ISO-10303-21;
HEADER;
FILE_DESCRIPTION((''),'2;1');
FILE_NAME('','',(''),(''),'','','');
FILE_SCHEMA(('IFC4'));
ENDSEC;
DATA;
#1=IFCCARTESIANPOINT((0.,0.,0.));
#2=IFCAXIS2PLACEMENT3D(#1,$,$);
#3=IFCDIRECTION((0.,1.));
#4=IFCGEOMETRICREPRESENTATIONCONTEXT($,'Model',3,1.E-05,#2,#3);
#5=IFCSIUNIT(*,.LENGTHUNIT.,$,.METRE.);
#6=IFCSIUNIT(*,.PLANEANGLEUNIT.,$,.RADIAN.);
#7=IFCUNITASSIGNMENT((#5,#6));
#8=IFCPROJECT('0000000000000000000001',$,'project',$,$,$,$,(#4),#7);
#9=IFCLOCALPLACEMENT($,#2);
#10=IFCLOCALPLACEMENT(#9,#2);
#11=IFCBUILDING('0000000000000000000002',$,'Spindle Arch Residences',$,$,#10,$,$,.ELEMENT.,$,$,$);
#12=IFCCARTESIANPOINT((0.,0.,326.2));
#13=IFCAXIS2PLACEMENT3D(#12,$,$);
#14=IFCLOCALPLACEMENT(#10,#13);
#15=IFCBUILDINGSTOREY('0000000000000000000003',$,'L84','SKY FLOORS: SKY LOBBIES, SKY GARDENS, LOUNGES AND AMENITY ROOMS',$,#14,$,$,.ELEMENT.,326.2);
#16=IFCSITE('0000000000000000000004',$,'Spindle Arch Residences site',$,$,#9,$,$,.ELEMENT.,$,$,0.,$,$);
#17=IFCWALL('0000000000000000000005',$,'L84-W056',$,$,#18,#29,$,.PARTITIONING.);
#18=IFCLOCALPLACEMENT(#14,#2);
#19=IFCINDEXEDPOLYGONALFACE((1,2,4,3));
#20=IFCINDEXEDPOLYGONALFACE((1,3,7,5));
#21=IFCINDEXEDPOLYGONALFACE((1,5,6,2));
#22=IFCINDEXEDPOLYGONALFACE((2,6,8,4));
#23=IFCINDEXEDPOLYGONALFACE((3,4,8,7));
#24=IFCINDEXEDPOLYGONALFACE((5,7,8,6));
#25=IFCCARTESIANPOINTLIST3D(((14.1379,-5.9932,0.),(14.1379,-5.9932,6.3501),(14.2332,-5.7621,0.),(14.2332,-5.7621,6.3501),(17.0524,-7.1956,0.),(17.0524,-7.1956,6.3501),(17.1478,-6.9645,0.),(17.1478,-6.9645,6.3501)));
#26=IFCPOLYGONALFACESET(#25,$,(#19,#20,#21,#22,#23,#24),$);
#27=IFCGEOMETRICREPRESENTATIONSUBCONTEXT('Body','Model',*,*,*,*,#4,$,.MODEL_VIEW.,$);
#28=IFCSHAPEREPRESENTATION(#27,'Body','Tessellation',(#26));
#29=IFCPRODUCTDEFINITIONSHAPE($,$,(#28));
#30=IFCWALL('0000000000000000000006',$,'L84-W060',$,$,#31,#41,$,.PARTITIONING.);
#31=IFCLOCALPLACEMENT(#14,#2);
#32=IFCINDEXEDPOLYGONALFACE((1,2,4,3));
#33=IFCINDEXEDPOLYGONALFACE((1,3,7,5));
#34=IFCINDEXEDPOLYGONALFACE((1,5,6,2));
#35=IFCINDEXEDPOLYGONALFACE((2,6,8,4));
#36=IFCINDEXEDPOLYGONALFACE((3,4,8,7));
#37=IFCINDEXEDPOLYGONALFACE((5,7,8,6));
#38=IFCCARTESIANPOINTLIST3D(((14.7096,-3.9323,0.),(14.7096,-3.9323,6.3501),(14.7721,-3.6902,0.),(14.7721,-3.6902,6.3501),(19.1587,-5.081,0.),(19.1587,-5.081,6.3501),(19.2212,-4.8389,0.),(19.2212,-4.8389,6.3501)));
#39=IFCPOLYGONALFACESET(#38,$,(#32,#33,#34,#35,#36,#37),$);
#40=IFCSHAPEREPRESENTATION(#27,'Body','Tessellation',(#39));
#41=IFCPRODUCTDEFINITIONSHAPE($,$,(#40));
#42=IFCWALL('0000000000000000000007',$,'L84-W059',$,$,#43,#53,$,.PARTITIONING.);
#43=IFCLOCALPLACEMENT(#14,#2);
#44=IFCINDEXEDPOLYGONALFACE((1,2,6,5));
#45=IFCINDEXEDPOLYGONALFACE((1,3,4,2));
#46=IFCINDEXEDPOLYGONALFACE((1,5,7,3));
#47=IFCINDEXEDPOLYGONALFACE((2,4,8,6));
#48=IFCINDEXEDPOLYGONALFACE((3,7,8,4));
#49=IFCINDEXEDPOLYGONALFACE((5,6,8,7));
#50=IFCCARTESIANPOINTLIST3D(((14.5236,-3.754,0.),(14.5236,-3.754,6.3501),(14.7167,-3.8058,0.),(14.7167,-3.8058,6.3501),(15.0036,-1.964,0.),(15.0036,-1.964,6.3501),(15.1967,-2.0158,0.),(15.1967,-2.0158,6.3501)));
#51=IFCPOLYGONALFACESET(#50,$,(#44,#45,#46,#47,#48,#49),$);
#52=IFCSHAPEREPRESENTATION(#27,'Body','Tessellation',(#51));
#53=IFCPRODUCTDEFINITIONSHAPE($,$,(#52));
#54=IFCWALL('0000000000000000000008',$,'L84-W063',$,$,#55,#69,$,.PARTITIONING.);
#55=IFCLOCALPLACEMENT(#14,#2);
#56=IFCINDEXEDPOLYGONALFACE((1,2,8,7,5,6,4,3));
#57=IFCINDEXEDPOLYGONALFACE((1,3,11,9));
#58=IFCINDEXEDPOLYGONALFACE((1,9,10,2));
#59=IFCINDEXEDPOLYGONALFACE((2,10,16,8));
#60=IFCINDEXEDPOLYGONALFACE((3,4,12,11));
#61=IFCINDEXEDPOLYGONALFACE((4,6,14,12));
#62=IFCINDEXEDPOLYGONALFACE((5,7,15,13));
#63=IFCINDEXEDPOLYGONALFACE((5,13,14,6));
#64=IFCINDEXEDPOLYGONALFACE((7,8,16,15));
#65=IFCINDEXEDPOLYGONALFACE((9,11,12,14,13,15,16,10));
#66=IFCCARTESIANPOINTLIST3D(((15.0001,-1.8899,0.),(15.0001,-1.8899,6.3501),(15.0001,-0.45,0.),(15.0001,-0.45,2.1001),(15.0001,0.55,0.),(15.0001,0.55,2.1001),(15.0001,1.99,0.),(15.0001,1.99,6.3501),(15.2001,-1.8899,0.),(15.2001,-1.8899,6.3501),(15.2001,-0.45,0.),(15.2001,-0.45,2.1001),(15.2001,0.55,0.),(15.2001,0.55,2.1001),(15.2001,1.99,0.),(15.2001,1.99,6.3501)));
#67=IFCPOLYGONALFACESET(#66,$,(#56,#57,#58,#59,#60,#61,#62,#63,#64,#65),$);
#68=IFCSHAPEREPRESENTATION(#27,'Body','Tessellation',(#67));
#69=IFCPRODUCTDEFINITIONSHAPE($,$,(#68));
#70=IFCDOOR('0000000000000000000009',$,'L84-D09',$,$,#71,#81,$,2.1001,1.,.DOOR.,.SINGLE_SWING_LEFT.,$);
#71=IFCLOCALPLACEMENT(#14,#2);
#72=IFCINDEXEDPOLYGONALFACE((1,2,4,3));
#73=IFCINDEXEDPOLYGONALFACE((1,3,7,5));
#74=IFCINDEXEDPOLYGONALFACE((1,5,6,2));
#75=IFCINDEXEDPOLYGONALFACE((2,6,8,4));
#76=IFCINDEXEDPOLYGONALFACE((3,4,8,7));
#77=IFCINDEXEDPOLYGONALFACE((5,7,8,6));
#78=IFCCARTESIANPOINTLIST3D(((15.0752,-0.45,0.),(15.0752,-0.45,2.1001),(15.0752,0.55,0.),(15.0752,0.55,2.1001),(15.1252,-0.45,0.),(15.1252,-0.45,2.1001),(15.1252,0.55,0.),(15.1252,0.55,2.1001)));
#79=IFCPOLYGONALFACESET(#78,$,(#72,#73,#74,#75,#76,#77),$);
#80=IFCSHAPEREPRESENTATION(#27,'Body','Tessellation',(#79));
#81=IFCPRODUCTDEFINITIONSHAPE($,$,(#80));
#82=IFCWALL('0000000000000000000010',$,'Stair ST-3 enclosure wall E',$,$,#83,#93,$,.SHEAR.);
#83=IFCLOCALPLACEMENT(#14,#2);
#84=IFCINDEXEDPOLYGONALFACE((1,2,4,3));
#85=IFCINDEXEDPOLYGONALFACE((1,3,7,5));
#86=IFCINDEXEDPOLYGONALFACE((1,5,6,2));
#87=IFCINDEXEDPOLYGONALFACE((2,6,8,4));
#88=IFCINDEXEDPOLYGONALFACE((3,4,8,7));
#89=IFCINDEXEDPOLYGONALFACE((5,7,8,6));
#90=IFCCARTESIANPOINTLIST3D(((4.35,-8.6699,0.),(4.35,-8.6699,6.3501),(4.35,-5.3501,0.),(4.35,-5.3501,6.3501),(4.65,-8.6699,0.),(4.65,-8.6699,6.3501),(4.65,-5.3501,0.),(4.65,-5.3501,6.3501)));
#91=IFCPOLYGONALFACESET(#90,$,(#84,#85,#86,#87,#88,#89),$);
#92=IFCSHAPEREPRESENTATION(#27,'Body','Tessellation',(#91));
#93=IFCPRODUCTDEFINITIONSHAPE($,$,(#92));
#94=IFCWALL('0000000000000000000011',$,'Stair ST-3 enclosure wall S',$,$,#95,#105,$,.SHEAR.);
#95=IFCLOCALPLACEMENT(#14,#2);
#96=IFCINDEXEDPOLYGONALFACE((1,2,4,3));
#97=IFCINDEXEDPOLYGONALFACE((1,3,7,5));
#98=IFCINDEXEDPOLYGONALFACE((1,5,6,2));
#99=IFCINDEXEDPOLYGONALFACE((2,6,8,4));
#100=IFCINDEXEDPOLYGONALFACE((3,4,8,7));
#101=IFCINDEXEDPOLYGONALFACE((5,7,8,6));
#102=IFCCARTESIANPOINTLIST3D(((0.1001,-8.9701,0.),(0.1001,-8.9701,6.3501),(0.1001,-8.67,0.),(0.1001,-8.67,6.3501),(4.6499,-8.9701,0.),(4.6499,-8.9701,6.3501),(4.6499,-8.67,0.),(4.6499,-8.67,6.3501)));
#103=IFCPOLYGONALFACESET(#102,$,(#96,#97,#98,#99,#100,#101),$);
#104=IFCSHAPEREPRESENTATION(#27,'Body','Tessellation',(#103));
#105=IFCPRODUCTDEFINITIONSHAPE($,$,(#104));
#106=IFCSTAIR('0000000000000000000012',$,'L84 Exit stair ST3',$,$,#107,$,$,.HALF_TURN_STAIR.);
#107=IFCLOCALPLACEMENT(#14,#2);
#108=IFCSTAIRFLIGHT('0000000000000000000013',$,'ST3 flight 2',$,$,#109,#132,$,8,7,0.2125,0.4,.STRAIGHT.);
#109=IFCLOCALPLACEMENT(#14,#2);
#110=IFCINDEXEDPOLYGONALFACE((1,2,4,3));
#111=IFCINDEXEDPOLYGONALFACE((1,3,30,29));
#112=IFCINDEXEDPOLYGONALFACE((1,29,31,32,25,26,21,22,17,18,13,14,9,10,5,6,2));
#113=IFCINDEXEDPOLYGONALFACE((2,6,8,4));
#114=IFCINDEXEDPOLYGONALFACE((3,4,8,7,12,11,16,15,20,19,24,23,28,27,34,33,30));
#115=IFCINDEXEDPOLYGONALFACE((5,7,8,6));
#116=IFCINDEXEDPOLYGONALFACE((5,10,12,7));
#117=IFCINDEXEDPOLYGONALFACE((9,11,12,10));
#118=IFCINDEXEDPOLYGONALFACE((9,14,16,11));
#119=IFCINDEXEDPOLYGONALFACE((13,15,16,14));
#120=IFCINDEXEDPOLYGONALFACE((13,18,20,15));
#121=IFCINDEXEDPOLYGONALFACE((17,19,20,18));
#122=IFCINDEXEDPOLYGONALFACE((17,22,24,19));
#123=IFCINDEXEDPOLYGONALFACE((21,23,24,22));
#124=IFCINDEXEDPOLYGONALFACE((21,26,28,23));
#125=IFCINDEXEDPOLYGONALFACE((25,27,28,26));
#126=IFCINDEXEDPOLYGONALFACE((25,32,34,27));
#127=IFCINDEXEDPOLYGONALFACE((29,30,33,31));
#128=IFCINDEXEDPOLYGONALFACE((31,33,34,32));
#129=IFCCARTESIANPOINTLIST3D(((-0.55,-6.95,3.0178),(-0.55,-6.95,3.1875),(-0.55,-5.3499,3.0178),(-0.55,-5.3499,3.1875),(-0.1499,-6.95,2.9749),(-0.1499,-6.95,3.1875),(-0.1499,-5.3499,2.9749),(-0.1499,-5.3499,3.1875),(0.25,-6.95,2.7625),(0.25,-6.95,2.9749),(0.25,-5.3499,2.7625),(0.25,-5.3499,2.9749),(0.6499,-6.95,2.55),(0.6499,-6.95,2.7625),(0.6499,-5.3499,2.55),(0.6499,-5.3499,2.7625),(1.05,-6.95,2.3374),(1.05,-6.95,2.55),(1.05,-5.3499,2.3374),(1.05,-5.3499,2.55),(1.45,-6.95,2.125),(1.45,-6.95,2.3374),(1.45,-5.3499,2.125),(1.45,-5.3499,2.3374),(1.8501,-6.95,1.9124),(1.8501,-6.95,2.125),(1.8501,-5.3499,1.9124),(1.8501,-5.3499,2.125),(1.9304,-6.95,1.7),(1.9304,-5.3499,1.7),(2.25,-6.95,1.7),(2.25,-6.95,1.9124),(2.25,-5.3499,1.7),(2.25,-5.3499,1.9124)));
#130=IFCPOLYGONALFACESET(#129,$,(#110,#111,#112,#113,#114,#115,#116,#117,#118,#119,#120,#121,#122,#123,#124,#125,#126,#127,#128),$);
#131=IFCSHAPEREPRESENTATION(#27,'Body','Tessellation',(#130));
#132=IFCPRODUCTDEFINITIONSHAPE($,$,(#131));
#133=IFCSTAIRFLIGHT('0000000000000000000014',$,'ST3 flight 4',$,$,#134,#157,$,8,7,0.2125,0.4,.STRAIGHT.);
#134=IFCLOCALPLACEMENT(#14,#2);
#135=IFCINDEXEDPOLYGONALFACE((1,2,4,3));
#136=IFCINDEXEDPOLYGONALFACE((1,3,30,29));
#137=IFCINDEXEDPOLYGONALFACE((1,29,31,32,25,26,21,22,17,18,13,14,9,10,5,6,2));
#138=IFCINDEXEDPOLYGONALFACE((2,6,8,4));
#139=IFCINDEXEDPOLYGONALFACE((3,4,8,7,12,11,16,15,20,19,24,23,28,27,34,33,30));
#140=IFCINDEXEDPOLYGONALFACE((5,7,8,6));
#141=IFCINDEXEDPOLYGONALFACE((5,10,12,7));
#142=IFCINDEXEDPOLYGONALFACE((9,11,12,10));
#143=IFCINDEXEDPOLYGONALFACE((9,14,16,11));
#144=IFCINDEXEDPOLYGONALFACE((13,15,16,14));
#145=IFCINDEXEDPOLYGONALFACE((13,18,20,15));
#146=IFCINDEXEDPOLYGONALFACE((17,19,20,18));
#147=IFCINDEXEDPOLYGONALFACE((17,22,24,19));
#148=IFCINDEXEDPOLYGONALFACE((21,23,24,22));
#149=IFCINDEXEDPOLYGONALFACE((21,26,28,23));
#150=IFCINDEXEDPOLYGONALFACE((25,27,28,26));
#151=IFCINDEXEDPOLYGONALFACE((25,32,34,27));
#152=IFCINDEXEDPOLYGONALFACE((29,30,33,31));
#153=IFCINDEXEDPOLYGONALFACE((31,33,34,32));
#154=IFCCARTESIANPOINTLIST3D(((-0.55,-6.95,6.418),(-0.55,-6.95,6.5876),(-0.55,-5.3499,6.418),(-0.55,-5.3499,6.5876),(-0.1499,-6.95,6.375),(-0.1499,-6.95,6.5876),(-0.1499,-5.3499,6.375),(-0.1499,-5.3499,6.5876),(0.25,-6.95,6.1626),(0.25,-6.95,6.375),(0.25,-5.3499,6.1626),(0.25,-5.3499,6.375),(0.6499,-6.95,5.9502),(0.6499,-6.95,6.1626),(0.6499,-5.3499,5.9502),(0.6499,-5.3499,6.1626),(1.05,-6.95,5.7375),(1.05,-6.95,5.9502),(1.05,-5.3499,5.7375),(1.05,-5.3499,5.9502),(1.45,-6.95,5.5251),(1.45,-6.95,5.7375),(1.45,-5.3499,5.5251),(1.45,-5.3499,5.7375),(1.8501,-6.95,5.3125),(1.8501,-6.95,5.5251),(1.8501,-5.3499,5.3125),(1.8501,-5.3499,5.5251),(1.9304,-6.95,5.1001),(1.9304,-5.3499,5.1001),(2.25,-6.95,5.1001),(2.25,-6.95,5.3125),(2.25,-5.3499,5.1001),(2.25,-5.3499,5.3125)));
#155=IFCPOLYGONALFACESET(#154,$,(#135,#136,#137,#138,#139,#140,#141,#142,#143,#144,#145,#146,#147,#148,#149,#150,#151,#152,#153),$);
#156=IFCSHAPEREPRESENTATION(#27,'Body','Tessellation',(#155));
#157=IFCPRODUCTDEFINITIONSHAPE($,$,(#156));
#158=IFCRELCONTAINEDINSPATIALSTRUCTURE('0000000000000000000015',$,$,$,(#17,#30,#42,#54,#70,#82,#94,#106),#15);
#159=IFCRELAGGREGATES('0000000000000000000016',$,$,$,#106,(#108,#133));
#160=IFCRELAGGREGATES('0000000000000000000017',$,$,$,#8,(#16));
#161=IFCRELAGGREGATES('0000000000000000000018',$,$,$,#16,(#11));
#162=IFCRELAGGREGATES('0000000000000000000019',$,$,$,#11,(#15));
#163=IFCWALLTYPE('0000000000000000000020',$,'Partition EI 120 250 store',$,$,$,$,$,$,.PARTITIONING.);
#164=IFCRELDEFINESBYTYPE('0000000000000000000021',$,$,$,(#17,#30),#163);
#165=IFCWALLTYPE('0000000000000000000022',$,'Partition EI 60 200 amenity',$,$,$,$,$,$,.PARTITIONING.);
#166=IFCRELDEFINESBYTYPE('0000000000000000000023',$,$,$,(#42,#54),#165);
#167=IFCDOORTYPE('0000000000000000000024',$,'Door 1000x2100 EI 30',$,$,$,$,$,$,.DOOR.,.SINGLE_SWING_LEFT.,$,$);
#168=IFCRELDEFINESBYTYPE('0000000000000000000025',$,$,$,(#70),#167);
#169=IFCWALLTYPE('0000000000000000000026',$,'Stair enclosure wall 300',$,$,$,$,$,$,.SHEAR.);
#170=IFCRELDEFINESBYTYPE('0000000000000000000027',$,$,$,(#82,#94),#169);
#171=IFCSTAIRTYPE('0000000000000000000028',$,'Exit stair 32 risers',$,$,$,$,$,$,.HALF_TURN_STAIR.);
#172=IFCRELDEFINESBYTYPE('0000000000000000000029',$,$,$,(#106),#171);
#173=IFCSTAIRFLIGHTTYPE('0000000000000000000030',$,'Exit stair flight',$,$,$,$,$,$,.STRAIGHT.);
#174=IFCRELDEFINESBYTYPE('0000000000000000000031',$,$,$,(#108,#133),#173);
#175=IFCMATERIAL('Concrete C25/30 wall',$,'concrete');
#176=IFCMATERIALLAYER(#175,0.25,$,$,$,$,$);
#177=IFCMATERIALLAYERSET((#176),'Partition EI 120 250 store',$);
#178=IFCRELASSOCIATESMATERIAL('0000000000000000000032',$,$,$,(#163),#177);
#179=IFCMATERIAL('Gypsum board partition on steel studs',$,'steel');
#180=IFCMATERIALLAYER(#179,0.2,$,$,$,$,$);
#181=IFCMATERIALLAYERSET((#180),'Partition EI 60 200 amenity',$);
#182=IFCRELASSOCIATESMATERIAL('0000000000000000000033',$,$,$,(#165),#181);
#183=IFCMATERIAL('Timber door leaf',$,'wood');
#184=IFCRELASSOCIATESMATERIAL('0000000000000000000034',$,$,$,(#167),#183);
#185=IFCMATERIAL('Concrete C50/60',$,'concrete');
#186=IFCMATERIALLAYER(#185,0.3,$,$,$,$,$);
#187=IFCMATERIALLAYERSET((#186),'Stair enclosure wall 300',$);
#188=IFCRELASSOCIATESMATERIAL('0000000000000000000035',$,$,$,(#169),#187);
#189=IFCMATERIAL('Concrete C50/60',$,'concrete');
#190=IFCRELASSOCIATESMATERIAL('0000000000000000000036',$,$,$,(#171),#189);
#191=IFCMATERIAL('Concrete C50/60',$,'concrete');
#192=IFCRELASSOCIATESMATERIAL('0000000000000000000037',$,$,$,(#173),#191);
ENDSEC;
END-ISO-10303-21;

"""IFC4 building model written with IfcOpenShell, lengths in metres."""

from ifc_helpers import new_model, si_unit, direction, frame, frame_2d, origin, place, context, subcontext, project, spatial, polyline, rectangle, outline, extrude, material, layer, layer_set, type_object, element, fill, aggregate, save


model = new_model("IFC4")

# Units and contexts
model_context = context("Model", 3, precision=1e-05, world=origin(), true_north=direction((0.0, 1.0)))
body_context = subcontext(model_context, "Body", "Model", "MODEL_VIEW")
ifc_project = project(units=[si_unit("LENGTHUNIT", "METRE"), si_unit("PLANEANGLEUNIT", "RADIAN")], contexts=[model_context])

# Site, building, storey
site_placement = place(None, origin())
site = spatial("IfcSite", under=ifc_project, at=site_placement, Name="Spindle Arch Residences site", CompositionType="ELEMENT", RefElevation=0.0)
building_placement = place(site_placement, origin())
building = spatial("IfcBuilding", under=site, at=building_placement, Name="Spindle Arch Residences", CompositionType="ELEMENT")
storey_placement = place(building_placement, frame((0.0, 0.0, 326.2)))
storey = spatial("IfcBuildingStorey", under=building, at=storey_placement, Name="L84", Description="SKY FLOORS: SKY LOBBIES, SKY GARDENS, LOUNGES AND AMENITY ROOMS", CompositionType="ELEMENT", Elevation=326.2)

# Shared definitions
ifc_material_1 = material(Name="Concrete C25/30 wall", Category="concrete")
ifc_layer_1 = layer(ifc_material_1, 0.25)
ifc_layer_set_1 = layer_set([ifc_layer_1], Name="Partition EI 120 250 store")
wall_type_1 = type_object("IfcWallType", Name="Partition EI 120 250 store", PredefinedType="PARTITIONING", material=ifc_layer_set_1)

# Walls
wall_1_placement = place(storey_placement, frame((14.1855, -5.8777, 0.0), z_axis=(0.0, 0.0, 1.0), x_axis=(0.924423, -0.381369, 0.0)))
element("IfcWall", 1, at=wall_1_placement, inside=storey, type_object=wall_type_1, Name="L84-W056", PredefinedType="PARTITIONING", context=body_context, shape_type="SweptSolid", body=[
    extrude(rectangle(XDim=3.1528, YDim=0.25, at=frame_2d((1.5764, 0.0))), origin(), (0.0, 0.0, 1.0), 6.3501),
])
wall_2_placement = place(storey_placement, frame((14.741, -3.8113, 0.0), z_axis=(0.0, 0.0, 1.0), x_axis=(0.968248, -0.249992, 0.0)))
element("IfcWall", 2, at=wall_2_placement, inside=storey, type_object=wall_type_1, Name="L84-W060", PredefinedType="PARTITIONING", context=body_context, shape_type="SweptSolid", body=[
    extrude(rectangle(XDim=4.595, YDim=0.25, at=frame_2d((2.2974, 0.0))), origin(), (0.0, 0.0, 1.0), 6.3501),
])
ifc_material_2 = material(Name="Gypsum board partition on steel studs", Category="steel")
ifc_layer_2 = layer(ifc_material_2, 0.2)
ifc_layer_set_2 = layer_set([ifc_layer_2], Name="Partition EI 60 200 amenity")
wall_type_2 = type_object("IfcWallType", Name="Partition EI 60 200 amenity", PredefinedType="PARTITIONING", material=ifc_layer_set_2)
wall_3_placement = place(storey_placement, frame((14.6201, -3.78, 0.0), z_axis=(0.0, 0.0, 1.0), x_axis=(0.258991, 0.96588, 0.0)))
element("IfcWall", 3, at=wall_3_placement, inside=storey, type_object=wall_type_2, Name="L84-W059", PredefinedType="PARTITIONING", context=body_context, shape_type="SweptSolid", body=[
    extrude(rectangle(XDim=1.8533, YDim=0.2, at=frame_2d((0.9268, 0.0))), origin(), (0.0, 0.0, 1.0), 6.3501),
])

# Wall, opening, door
wall_4_placement = place(storey_placement, frame((15.1001, -1.8899, 0.0), z_axis=(0.0, 0.0, 1.0), x_axis=(0.0, 1.0, 0.0)))
wall_4 = element("IfcWall", 4, at=wall_4_placement, inside=storey, type_object=wall_type_2, Name="L84-W063", PredefinedType="PARTITIONING", context=body_context, shape_type="SweptSolid", body=[
    extrude(rectangle(XDim=3.8799, YDim=0.2, at=frame_2d((1.9399, 0.0))), origin(), (0.0, 0.0, 1.0), 6.3501),
])
opening_1_placement = place(wall_4_placement, frame((1.4399, 0.0, 0.0)))
opening_1 = element("IfcOpeningElement", 5, at=opening_1_placement, cuts=wall_4, PredefinedType="OPENING", context=body_context, shape_type="SweptSolid", body=[
    extrude(rectangle(XDim=1.0, YDim=2.1001, at=frame_2d((0.5, 1.05))), frame((0.0, 0.1099, 0.0), z_axis=(0.0, -1.0, 0.0), x_axis=(1.0, 0.0, 0.0)), (0.0, 0.0, 1.0), 0.22),
])
ifc_material_3 = material(Name="Timber door leaf", Category="wood")
door_type_1 = type_object("IfcDoorType", Name="Door 1000x2100 EI 30", OperationType="SINGLE_SWING_LEFT", PredefinedType="DOOR", material=ifc_material_3)
door_1_placement = place(opening_1_placement, origin())
door_1 = element("IfcDoor", 6, at=door_1_placement, inside=storey, type_object=door_type_1, Name="L84-D09", OperationType="SINGLE_SWING_LEFT", OverallHeight=2.1001, OverallWidth=1.0, PredefinedType="DOOR", context=body_context, shape_type="SweptSolid", body=[
    extrude(rectangle(XDim=1.0, YDim=2.1001, at=frame_2d((0.5, 1.05))), frame((0.0, 0.0249, 0.0), z_axis=(0.0, -1.0, 0.0), x_axis=(1.0, 0.0, 0.0)), (0.0, 0.0, 1.0), 0.05),
])
fill(opening_1, door_1)

# Walls
ifc_material_4 = material(Name="Concrete C50/60", Category="concrete")
ifc_layer_3 = layer(ifc_material_4, 0.3)
ifc_layer_set_3 = layer_set([ifc_layer_3], Name="Stair enclosure wall 300")
wall_type_3 = type_object("IfcWallType", Name="Stair enclosure wall 300", PredefinedType="SHEAR", material=ifc_layer_set_3)
wall_5_placement = place(storey_placement, frame((4.5, -8.6699, 0.0), z_axis=(0.0, 0.0, 1.0), x_axis=(0.0, 1.0, 0.0)))
element("IfcWall", 7, at=wall_5_placement, inside=storey, type_object=wall_type_3, Name="Stair ST-3 enclosure wall E", PredefinedType="SHEAR", context=body_context, shape_type="SweptSolid", body=[
    extrude(rectangle(XDim=3.3198, YDim=0.3, at=frame_2d((1.6599, 0.0))), origin(), (0.0, 0.0, 1.0), 6.3501),
])
wall_6_placement = place(storey_placement, frame((0.1001, -8.8201, 0.0), z_axis=(0.0, 0.0, 1.0), x_axis=(1.0, 0.0, 0.0)))
element("IfcWall", 8, at=wall_6_placement, inside=storey, type_object=wall_type_3, Name="Stair ST-3 enclosure wall S", PredefinedType="SHEAR", context=body_context, shape_type="SweptSolid", body=[
    extrude(rectangle(XDim=4.5498, YDim=0.3, at=frame_2d((2.2749, 0.0))), origin(), (0.0, 0.0, 1.0), 6.3501),
])

# Stair, stair flights
ifc_material_5 = material(Name="Concrete C50/60", Category="concrete")
stair_type = type_object("IfcStairType", Name="Exit stair 32 risers", PredefinedType="HALF_TURN_STAIR", material=ifc_material_5)
stair_placement = place(storey_placement, origin())
stair = element("IfcStair", 9, at=stair_placement, inside=storey, type_object=stair_type, Name="L84 Exit stair ST3", PredefinedType="HALF_TURN_STAIR")
ifc_material_6 = material(Name="Concrete C50/60", Category="concrete")
stair_flight_type = type_object("IfcStairFlightType", Name="Exit stair flight", PredefinedType="STRAIGHT", material=ifc_material_6)
stair_flight_1_placement = place(storey_placement, frame((2.25, -6.1499, 1.7), z_axis=(0.0, 0.0, 1.0), x_axis=(-1.0, 0.0, 0.0)))
stair_flight_1 = element("IfcStairFlight", 10, at=stair_flight_1_placement, type_object=stair_flight_type, Name="ST3 flight 2", NumberOfRisers=8, NumberOfTreads=7, PredefinedType="STRAIGHT", RiserHeight=0.2125, TreadLength=0.4, context=body_context, shape_type="SweptSolid", body=[
    extrude(outline(polyline([(0.0, 0.0), (0.0, 0.2124), (0.3999, 0.2124), (0.3999, 0.425), (0.8, 0.425), (0.8, 0.6375), (1.2, 0.6375), (1.2, 0.8501), (1.6001, 0.8501), (1.6001, 1.0625), (2.0, 1.0625), (2.0, 1.2749), (2.3999, 1.2749), (2.3999, 1.4875), (2.8, 1.4875), (2.8, 1.7), (2.8, 1.3179), (0.3196, 0.0), (0.0, 0.0)])), frame((0.0, 0.8, 0.0), z_axis=(0.0, -1.0, 0.0), x_axis=(1.0, 0.0, 0.0)), (0.0, 0.0, 1.0), 1.6001),
])
stair_flight_2_placement = place(storey_placement, frame((2.25, -6.1499, 5.1001), z_axis=(0.0, 0.0, 1.0), x_axis=(-1.0, 0.0, 0.0)))
stair_flight_2 = element("IfcStairFlight", 11, at=stair_flight_2_placement, type_object=stair_flight_type, Name="ST3 flight 4", NumberOfRisers=8, NumberOfTreads=7, PredefinedType="STRAIGHT", RiserHeight=0.2125, TreadLength=0.4, context=body_context, shape_type="SweptSolid", body=[
    extrude(outline(polyline([(0.0, 0.0), (0.0, 0.2124), (0.3999, 0.2124), (0.3999, 0.425), (0.8, 0.425), (0.8, 0.6375), (1.2, 0.6375), (1.2, 0.8501), (1.6001, 0.8501), (1.6001, 1.0625), (2.0, 1.0625), (2.0, 1.2749), (2.3999, 1.2749), (2.3999, 1.4875), (2.8, 1.4875), (2.8, 1.7), (2.8, 1.3179), (0.3196, 0.0), (0.0, 0.0)])), frame((0.0, 0.8, 0.0), z_axis=(0.0, -1.0, 0.0), x_axis=(1.0, 0.0, 0.0)), (0.0, 0.0, 1.0), 1.6001),
])
aggregate(stair, [stair_flight_1, stair_flight_2])

save(model, "model.ifc")
